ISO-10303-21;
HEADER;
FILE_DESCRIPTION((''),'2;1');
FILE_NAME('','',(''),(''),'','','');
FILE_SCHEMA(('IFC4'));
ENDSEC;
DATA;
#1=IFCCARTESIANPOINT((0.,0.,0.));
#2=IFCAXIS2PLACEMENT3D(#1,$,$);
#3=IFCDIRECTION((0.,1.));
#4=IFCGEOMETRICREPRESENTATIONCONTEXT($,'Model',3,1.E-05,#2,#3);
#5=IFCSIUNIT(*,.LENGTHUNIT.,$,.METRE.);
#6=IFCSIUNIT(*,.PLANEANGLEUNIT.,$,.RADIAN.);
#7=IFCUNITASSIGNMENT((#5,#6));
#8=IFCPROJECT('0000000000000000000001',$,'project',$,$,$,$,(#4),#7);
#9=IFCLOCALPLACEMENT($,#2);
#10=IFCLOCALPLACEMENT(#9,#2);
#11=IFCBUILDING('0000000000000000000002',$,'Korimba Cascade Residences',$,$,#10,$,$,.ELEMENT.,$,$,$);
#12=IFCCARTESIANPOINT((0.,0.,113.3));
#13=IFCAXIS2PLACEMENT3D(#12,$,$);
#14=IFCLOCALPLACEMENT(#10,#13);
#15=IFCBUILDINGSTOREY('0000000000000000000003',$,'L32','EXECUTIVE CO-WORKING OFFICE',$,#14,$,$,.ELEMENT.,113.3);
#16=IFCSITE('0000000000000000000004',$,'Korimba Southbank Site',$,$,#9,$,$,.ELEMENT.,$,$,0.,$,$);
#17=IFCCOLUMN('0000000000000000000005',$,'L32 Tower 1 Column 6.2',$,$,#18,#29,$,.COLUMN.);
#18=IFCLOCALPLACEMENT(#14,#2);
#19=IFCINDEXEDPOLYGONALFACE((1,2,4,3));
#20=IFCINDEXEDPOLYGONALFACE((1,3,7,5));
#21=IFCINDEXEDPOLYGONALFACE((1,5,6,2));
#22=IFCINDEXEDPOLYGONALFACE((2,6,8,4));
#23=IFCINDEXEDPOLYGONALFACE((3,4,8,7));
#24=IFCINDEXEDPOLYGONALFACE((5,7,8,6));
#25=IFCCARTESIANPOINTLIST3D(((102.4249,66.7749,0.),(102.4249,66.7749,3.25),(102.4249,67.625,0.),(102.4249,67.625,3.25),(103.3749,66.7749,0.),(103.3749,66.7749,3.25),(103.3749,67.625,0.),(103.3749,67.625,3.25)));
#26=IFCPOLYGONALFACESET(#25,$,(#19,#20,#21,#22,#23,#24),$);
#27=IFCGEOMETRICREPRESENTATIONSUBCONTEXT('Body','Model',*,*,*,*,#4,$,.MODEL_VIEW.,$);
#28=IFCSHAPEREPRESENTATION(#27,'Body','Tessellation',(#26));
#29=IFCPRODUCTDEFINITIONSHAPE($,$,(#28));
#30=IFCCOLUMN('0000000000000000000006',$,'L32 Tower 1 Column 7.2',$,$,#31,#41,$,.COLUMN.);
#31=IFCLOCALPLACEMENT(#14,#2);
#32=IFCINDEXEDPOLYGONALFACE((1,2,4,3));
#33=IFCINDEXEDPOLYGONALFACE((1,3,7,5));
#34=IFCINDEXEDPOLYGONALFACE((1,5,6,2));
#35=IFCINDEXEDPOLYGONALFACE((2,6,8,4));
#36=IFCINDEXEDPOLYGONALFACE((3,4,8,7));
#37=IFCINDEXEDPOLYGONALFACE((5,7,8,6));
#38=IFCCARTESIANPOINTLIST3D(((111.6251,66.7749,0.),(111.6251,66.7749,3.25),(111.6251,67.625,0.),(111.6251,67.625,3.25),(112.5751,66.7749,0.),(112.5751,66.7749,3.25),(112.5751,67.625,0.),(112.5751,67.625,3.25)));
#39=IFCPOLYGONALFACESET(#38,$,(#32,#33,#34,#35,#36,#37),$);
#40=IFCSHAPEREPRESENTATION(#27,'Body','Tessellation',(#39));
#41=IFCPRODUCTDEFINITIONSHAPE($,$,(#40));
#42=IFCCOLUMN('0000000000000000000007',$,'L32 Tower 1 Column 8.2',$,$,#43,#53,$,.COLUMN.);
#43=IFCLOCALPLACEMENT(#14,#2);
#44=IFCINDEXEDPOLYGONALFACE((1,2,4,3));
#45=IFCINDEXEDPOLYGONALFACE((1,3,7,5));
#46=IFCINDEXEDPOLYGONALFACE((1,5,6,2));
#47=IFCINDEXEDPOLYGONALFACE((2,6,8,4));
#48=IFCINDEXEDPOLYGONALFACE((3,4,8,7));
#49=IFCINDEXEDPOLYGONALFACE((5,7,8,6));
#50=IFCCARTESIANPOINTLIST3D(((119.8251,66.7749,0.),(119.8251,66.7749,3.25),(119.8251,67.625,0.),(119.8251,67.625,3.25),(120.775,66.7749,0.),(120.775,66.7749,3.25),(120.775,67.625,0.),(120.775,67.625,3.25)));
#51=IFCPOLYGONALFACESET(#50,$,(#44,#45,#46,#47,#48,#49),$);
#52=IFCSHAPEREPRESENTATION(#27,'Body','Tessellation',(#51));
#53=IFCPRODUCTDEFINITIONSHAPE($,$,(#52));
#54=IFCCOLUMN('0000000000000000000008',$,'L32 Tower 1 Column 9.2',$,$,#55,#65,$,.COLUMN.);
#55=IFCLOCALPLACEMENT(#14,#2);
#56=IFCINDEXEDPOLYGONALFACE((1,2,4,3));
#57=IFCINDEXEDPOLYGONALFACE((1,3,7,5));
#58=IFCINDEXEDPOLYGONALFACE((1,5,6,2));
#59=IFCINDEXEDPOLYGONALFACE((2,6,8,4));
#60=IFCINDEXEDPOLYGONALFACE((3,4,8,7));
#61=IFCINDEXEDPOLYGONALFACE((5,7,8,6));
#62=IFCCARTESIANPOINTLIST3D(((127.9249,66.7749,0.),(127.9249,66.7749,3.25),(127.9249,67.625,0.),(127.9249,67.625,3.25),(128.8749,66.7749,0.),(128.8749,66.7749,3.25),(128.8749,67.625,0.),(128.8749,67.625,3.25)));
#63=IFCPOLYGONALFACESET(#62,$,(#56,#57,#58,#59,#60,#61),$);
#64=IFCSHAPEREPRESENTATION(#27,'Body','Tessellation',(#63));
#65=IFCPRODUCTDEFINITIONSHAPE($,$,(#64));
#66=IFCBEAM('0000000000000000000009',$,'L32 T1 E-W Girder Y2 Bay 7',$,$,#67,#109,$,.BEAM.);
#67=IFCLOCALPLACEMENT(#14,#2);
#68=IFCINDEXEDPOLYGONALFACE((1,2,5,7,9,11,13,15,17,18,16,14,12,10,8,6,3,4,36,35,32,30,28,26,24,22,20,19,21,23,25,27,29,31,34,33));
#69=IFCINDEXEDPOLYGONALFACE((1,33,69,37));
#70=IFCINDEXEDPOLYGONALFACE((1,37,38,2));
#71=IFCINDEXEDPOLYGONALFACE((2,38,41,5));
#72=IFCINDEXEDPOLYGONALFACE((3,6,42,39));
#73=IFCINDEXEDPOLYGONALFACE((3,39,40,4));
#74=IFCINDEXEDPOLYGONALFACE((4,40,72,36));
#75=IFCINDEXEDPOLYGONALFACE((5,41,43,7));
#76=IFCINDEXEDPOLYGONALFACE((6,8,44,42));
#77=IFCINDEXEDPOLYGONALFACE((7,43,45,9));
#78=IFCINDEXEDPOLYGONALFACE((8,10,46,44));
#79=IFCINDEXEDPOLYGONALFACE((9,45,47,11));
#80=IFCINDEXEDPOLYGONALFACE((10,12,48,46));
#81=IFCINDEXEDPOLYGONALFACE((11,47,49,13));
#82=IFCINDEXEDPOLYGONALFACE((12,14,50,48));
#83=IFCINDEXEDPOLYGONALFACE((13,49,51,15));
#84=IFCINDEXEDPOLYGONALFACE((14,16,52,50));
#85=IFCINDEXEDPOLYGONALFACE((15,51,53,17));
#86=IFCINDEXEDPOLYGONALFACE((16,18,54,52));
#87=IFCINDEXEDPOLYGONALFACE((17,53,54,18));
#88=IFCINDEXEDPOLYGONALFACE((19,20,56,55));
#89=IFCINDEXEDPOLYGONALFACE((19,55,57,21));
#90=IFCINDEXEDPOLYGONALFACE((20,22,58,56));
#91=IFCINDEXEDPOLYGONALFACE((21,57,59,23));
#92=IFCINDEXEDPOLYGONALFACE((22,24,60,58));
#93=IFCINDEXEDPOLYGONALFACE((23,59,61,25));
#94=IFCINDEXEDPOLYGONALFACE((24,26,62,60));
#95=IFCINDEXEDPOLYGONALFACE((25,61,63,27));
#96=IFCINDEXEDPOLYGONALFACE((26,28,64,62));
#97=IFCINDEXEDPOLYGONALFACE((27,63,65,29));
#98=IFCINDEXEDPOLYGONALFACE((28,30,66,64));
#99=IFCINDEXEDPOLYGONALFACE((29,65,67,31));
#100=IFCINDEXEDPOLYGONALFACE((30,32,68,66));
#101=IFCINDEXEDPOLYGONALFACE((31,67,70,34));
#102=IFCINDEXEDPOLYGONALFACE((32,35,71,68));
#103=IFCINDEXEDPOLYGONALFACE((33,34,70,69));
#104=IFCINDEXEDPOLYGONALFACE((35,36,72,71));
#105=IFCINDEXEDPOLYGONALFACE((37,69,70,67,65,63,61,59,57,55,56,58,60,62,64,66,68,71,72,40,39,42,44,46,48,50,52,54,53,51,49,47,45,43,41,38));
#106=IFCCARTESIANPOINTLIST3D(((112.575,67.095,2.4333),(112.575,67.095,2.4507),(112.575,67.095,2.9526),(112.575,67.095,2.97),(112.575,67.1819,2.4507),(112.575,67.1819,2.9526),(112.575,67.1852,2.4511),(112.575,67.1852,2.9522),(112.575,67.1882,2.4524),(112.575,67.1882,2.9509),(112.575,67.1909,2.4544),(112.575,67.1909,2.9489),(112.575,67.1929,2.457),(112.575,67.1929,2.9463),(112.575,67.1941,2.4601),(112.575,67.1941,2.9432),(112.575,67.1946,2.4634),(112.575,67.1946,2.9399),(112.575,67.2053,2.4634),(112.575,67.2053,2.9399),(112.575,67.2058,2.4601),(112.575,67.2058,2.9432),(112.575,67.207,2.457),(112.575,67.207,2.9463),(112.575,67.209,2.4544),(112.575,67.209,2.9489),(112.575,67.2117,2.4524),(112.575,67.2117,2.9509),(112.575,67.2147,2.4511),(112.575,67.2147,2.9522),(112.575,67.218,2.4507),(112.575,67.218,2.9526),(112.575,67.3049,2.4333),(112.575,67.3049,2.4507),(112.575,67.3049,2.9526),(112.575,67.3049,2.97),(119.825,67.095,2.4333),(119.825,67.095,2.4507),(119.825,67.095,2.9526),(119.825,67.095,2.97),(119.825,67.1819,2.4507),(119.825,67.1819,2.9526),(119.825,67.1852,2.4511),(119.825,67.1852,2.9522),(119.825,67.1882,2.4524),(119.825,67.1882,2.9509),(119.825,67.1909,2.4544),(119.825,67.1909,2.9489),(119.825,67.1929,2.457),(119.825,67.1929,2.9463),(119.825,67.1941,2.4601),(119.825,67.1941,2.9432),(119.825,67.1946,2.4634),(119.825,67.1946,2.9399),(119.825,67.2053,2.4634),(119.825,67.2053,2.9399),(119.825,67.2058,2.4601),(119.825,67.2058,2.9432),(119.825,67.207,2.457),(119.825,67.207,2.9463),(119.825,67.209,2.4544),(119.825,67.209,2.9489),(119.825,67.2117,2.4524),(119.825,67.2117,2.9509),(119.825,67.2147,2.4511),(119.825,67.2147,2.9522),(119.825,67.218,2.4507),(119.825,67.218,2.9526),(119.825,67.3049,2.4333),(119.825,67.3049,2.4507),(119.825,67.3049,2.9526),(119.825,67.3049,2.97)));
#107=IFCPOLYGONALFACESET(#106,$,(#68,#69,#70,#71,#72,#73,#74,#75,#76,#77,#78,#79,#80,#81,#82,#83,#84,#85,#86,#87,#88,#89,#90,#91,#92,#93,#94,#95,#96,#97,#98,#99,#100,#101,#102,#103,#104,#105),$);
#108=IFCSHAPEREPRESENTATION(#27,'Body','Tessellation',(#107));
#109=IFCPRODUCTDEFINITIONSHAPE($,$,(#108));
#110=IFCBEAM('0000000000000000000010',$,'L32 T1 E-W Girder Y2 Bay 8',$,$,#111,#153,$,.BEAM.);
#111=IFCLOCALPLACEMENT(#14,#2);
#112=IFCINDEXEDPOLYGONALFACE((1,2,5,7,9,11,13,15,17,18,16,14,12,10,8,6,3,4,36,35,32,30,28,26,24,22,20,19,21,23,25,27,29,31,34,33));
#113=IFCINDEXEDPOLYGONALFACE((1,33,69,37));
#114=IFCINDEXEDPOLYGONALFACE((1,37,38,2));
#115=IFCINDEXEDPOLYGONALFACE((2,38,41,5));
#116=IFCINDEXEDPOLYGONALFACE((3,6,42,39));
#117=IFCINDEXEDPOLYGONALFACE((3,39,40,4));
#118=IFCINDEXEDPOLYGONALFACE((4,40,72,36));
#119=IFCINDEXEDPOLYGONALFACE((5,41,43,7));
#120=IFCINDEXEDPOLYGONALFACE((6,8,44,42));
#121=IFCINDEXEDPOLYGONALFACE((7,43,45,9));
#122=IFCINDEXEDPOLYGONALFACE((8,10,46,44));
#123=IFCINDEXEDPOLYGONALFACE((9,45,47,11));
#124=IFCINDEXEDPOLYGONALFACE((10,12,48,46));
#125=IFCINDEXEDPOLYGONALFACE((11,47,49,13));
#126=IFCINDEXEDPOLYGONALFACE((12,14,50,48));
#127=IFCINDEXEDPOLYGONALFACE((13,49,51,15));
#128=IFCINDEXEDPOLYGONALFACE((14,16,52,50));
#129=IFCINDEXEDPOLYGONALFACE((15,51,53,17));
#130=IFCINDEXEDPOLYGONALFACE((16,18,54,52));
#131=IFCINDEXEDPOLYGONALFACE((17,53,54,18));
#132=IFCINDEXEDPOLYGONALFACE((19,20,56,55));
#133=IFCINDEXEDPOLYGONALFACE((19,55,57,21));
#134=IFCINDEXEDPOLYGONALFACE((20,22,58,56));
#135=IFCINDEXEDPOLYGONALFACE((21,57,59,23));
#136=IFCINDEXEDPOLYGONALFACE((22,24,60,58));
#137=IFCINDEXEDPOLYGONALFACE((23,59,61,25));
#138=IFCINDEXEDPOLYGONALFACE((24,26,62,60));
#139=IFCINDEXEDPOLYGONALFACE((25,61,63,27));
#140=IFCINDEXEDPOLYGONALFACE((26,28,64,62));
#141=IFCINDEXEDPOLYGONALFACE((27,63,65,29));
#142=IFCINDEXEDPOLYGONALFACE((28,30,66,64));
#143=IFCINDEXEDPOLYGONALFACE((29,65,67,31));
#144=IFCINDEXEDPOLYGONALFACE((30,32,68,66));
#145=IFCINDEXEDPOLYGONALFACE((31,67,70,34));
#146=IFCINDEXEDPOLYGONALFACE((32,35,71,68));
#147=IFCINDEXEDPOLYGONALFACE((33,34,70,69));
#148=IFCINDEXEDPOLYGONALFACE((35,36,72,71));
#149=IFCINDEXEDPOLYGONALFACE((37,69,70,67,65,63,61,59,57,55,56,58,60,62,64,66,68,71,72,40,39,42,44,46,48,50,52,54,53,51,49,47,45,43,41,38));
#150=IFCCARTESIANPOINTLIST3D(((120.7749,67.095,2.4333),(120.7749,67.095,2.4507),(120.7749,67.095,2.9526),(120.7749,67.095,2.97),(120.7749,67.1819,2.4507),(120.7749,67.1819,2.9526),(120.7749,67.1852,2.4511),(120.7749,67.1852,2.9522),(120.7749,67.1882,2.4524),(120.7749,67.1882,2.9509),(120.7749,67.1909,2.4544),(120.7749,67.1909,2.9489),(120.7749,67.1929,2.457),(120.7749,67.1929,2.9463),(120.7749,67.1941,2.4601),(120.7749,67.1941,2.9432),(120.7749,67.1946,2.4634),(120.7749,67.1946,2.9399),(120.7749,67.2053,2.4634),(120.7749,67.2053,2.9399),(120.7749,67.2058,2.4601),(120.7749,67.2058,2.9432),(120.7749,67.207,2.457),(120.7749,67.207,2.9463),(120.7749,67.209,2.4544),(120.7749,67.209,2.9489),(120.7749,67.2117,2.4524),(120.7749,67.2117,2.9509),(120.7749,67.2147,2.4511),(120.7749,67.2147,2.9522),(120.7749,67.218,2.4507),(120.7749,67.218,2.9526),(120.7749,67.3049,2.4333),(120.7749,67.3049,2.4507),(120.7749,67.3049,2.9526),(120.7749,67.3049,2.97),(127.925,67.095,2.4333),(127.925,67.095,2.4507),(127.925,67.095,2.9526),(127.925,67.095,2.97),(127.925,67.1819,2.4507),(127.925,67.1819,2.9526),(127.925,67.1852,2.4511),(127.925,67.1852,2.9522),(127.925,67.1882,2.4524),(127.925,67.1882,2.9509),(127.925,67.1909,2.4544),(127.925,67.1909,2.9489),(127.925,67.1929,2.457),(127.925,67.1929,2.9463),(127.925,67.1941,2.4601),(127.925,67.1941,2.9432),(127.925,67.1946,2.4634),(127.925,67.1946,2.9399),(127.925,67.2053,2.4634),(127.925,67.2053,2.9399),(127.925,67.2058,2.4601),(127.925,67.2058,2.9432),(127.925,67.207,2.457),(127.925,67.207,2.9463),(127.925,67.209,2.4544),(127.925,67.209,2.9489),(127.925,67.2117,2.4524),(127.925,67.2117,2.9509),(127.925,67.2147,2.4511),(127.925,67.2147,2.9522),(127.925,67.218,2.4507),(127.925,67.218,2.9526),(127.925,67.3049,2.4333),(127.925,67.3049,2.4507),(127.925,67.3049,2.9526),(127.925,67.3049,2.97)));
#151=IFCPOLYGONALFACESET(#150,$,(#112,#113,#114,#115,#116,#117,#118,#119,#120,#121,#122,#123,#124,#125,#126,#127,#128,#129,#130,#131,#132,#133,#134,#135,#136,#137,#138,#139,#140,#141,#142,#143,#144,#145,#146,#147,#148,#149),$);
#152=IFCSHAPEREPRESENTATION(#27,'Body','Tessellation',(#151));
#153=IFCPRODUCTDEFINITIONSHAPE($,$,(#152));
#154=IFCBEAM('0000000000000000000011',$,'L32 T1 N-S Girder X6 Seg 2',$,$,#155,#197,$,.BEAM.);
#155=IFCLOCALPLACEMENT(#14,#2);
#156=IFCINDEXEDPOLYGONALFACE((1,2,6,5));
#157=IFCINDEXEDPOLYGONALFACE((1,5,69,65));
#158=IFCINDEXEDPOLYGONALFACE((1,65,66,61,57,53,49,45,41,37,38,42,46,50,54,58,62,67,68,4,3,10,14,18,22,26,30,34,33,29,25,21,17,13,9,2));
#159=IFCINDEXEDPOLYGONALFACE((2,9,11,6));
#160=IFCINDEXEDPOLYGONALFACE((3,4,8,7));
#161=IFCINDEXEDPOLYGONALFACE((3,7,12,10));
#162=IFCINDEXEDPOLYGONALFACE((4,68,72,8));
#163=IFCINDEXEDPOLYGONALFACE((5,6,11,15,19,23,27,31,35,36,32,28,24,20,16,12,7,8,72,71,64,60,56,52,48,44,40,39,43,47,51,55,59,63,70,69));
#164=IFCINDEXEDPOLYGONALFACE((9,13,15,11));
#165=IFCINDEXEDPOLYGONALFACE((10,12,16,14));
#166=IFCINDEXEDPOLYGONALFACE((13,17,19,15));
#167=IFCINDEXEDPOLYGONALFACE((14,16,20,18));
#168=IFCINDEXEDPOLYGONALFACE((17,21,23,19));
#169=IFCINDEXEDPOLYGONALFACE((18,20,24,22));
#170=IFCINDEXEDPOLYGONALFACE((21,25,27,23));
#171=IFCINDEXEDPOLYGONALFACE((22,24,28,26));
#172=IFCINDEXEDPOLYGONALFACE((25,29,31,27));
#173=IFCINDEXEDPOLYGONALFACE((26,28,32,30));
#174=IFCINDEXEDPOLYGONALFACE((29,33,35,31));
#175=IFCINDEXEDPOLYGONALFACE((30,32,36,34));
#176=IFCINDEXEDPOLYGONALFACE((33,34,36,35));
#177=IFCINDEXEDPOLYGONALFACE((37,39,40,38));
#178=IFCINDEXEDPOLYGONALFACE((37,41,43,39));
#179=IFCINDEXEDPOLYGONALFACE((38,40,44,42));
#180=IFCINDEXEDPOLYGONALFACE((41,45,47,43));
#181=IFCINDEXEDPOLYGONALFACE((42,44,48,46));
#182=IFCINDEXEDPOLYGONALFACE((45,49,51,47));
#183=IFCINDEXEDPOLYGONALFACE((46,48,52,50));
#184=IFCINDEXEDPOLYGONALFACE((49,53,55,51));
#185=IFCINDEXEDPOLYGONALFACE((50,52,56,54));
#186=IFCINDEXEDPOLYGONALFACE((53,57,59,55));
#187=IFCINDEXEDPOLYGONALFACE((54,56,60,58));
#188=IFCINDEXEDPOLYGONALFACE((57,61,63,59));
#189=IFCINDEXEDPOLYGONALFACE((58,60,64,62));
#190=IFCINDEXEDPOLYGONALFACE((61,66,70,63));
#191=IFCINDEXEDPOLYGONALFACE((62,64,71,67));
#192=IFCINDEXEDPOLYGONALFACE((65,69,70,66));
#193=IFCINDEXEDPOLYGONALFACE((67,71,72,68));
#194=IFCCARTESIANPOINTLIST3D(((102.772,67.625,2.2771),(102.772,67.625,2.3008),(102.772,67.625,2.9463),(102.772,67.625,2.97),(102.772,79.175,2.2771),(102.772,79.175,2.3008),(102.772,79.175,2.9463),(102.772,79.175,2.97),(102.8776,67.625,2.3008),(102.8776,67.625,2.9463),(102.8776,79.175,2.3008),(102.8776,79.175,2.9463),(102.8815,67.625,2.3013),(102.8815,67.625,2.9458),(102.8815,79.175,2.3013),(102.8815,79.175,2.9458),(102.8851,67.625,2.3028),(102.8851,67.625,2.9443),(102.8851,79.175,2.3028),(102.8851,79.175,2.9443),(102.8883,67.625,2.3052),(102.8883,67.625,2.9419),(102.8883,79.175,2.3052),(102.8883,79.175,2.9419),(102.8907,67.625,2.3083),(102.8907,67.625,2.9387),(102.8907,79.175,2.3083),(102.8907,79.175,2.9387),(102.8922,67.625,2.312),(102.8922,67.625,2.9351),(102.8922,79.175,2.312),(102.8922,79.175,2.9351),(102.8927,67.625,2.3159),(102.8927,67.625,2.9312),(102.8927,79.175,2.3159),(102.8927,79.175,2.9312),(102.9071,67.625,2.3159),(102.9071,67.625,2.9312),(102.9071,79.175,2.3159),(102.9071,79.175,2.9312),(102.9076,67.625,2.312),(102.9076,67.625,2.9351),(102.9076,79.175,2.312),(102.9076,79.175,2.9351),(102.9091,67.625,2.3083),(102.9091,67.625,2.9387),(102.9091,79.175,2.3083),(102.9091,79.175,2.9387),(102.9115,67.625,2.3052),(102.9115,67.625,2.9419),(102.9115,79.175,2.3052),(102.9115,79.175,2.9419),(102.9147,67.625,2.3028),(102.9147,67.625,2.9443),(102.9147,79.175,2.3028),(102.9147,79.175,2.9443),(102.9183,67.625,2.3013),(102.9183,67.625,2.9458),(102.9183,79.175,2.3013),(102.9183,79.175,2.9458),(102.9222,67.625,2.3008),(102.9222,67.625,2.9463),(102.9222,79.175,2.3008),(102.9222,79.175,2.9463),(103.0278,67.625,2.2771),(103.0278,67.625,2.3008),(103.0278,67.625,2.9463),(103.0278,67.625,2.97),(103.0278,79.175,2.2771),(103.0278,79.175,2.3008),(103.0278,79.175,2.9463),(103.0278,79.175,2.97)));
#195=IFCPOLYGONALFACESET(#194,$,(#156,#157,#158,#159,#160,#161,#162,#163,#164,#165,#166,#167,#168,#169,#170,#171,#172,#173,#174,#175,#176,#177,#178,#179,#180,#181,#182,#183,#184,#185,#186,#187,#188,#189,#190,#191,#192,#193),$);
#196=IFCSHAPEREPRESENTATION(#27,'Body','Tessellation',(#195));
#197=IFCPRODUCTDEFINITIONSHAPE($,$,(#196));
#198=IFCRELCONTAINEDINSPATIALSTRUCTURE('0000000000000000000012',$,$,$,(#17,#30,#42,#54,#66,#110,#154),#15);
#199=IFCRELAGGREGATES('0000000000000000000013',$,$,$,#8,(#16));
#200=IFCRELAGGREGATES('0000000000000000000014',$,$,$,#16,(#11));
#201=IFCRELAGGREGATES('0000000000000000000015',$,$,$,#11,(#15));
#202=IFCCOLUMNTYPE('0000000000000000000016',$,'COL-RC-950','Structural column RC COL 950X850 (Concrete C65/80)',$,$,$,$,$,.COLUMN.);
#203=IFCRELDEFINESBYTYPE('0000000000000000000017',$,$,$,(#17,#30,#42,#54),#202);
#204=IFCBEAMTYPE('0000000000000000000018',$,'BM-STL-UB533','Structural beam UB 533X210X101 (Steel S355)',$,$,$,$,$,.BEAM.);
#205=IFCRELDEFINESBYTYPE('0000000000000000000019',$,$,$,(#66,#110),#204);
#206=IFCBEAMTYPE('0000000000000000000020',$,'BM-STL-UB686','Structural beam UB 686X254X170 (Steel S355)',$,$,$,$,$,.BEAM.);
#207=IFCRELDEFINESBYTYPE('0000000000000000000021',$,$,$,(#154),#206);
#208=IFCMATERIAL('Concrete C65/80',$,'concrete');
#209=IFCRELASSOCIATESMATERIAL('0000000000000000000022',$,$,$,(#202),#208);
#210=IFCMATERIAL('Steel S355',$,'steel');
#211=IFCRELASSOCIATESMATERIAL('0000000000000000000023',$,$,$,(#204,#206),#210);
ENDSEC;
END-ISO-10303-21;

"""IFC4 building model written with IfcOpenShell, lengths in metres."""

from ifc_helpers import new_model, si_unit, direction, frame, origin, origin_2d, place, context, subcontext, project, spatial, rectangle, i_section, extrude, material, material_profile, profile_set, type_object, element, save


model = new_model("IFC4")

# Units and contexts
model_context = context("Model", 3, precision=1e-05, world=origin(), true_north=direction((0.0, 1.0)))
body_context = subcontext(model_context, "Body", "Model", "MODEL_VIEW")
ifc_project = project(units=[si_unit("LENGTHUNIT", "METRE"), si_unit("PLANEANGLEUNIT", "RADIAN")], contexts=[model_context])

# Site, building, storey
site_placement = place(None, origin())
site = spatial("IfcSite", under=ifc_project, at=site_placement, Name="Korimba Southbank Site", CompositionType="ELEMENT", RefElevation=0.0)
building_placement = place(site_placement, origin())
building = spatial("IfcBuilding", under=site, at=building_placement, Name="Korimba Cascade Residences", CompositionType="ELEMENT")
storey_placement = place(building_placement, frame((0.0, 0.0, 113.3)))
storey = spatial("IfcBuildingStorey", under=building, at=storey_placement, Name="L32", Description="EXECUTIVE CO-WORKING OFFICE", CompositionType="ELEMENT", Elevation=113.3)

# Columns
ifc_material_1 = material(Name="Concrete C65/80", Category="concrete")
ifc_material_profile_1 = material_profile(ifc_material_1, rectangle(XDim=0.95, YDim=0.8501, at=origin_2d()), Name="Concrete C65/80")
ifc_profile_set_1 = profile_set([ifc_material_profile_1], Name="Concrete C65/80")
column_type = type_object("IfcColumnType", Name="COL-RC-950", Description="Structural column RC COL 950X850 (Concrete C65/80)", PredefinedType="COLUMN", material=ifc_profile_set_1)
for number, where, z_axis, x_axis, name in (
    (1, (102.8999, 67.2, 0.0), (0.0, 0.0, 1.0), (1.0, 0.0, 0.0), "L32 Tower 1 Column 6.2"),
    (2, (112.1001, 67.2, 0.0), (0.0, 0.0, 1.0), (1.0, 0.0, 0.0), "L32 Tower 1 Column 7.2"),
    (3, (120.3, 67.2, 0.0), (0.0, 0.0, 1.0), (1.0, 0.0, 0.0), "L32 Tower 1 Column 8.2"),
    (4, (128.3999, 67.2, 0.0), (0.0, 0.0, 1.0), (1.0, 0.0, 0.0), "L32 Tower 1 Column 9.2"),
):
    element("IfcColumn", number, at=place(storey_placement, frame(where, z_axis=z_axis, x_axis=x_axis)), inside=storey, type_object=column_type, Name=name, PredefinedType="COLUMN", context=body_context, shape_type="SweptSolid", body=[
        extrude(rectangle(XDim=0.95, YDim=0.8501, at=origin_2d()), origin(), (0.0, 0.0, 1.0), 3.25),
    ])

# Beams
ifc_material_2 = material(Name="Steel S355", Category="steel")
ifc_material_profile_2 = material_profile(ifc_material_2, i_section(OverallWidth=0.21, OverallDepth=0.5366, WebThickness=0.0107, FlangeThickness=0.0173, FilletRadius=0.0127, at=origin_2d()), Name="Steel S355")
ifc_profile_set_2 = profile_set([ifc_material_profile_2], Name="Steel S355")
beam_type_1 = type_object("IfcBeamType", Name="BM-STL-UB533", Description="Structural beam UB 533X210X101 (Steel S355)", PredefinedType="BEAM", material=ifc_profile_set_2)
beam_1_placement = place(storey_placement, frame((112.575, 67.2, 2.7017), z_axis=(1.0, 0.0, 0.0), x_axis=(0.0, 1.0, 0.0)))
element("IfcBeam", 5, at=beam_1_placement, inside=storey, type_object=beam_type_1, Name="L32 T1 E-W Girder Y2 Bay 7", PredefinedType="BEAM", context=body_context, shape_type="SweptSolid", body=[
    extrude(i_section(OverallWidth=0.21, OverallDepth=0.5366, WebThickness=0.0107, FlangeThickness=0.0173, FilletRadius=0.0127, at=origin_2d()), origin(), (0.0, 0.0, 1.0), 7.25),
])
beam_2_placement = place(storey_placement, frame((120.7749, 67.2, 2.7017), z_axis=(1.0, 0.0, 0.0), x_axis=(0.0, 1.0, 0.0)))
element("IfcBeam", 6, at=beam_2_placement, inside=storey, type_object=beam_type_1, Name="L32 T1 E-W Girder Y2 Bay 8", PredefinedType="BEAM", context=body_context, shape_type="SweptSolid", body=[
    extrude(i_section(OverallWidth=0.21, OverallDepth=0.5366, WebThickness=0.0107, FlangeThickness=0.0173, FilletRadius=0.0127, at=origin_2d()), origin(), (0.0, 0.0, 1.0), 7.1501),
])
ifc_material_profile_3 = material_profile(ifc_material_2, i_section(OverallWidth=0.2559, OverallDepth=0.6929, WebThickness=0.0144, FlangeThickness=0.0237, FilletRadius=0.0151, at=origin_2d()), Name="Steel S355")
ifc_profile_set_3 = profile_set([ifc_material_profile_3], Name="Steel S355")
beam_type_2 = type_object("IfcBeamType", Name="BM-STL-UB686", Description="Structural beam UB 686X254X170 (Steel S355)", PredefinedType="BEAM", material=ifc_profile_set_3)
beam_3_placement = place(storey_placement, frame((102.8999, 67.625, 2.6235), z_axis=(0.0, 1.0, 0.0), x_axis=(-1.0, 0.0, 0.0)))
element("IfcBeam", 7, at=beam_3_placement, inside=storey, type_object=beam_type_2, Name="L32 T1 N-S Girder X6 Seg 2", PredefinedType="BEAM", context=body_context, shape_type="SweptSolid", body=[
    extrude(i_section(OverallWidth=0.2559, OverallDepth=0.6929, WebThickness=0.0144, FlangeThickness=0.0237, FilletRadius=0.0151, at=origin_2d()), origin(), (0.0, 0.0, 1.0), 11.55),
])

save(model, "model.ifc")
